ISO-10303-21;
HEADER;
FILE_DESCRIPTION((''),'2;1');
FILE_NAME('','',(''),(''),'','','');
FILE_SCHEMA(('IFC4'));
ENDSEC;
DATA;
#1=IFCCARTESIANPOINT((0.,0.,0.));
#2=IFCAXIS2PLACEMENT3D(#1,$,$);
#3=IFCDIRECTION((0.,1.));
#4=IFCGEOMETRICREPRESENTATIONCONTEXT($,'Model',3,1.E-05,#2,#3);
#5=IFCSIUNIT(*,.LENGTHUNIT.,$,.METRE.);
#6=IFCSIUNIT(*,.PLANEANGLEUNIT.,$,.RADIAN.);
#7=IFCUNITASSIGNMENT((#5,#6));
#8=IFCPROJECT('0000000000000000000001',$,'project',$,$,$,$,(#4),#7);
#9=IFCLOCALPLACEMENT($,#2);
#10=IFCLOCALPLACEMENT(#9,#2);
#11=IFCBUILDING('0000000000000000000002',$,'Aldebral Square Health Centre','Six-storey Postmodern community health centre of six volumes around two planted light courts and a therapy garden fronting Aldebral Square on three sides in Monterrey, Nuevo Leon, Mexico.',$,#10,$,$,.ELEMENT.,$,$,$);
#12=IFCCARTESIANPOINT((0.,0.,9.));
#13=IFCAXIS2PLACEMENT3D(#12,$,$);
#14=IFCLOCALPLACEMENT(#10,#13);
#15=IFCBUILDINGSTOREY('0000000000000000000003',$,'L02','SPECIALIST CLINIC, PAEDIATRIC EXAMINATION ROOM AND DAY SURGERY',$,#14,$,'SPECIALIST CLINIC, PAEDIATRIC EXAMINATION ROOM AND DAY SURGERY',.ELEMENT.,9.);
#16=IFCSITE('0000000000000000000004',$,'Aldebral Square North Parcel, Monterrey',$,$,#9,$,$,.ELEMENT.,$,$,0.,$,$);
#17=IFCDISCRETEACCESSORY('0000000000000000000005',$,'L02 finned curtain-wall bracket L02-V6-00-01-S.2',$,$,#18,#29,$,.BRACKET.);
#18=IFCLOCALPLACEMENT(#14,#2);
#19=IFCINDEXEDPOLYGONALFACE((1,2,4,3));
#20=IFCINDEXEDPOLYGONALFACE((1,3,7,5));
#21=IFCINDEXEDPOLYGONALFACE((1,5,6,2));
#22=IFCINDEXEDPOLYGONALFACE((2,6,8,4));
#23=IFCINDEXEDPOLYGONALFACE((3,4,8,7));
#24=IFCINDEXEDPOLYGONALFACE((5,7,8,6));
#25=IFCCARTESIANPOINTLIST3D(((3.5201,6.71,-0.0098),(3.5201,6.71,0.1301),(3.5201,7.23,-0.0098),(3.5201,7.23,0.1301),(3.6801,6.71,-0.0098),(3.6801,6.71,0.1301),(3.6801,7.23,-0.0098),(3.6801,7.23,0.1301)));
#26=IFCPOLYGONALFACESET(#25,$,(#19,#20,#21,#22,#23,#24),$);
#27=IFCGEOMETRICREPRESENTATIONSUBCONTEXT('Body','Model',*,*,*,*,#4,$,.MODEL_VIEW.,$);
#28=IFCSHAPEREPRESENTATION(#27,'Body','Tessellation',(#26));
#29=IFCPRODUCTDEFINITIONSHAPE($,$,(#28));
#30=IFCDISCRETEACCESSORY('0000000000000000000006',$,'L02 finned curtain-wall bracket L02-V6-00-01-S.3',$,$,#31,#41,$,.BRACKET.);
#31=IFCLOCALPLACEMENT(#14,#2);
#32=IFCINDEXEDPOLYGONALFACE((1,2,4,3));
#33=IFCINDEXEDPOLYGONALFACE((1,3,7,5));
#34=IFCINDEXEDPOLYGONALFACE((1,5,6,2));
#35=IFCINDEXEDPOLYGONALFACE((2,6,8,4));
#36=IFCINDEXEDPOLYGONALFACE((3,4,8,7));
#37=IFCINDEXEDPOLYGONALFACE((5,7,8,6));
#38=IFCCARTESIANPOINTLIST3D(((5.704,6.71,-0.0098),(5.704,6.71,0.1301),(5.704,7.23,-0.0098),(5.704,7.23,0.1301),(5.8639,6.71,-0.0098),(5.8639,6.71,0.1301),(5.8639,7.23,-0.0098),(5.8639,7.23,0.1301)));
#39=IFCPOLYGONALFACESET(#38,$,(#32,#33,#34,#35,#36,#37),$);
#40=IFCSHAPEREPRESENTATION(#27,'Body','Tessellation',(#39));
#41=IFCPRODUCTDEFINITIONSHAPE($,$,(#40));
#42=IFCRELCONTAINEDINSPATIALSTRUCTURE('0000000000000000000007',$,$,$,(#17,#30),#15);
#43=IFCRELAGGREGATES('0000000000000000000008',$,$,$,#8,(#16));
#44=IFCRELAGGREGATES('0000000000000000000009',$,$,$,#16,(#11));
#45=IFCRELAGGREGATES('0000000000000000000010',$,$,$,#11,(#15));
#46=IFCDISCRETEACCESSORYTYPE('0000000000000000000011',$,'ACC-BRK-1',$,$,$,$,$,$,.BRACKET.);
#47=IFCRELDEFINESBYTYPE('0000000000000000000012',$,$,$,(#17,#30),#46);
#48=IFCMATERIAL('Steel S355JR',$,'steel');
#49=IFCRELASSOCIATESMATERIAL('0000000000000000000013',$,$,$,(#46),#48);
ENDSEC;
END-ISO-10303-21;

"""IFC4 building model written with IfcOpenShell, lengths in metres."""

from ifc_helpers import new_model, si_unit, direction, frame, origin, origin_2d, place, context, subcontext, project, spatial, rectangle, extrude, material, type_object, element, save


model = new_model("IFC4")

# Units and contexts
model_context = context("Model", 3, precision=1e-05, world=origin(), true_north=direction((0.0, 1.0)))
body_context = subcontext(model_context, "Body", "Model", "MODEL_VIEW")
ifc_project = project(units=[si_unit("LENGTHUNIT", "METRE"), si_unit("PLANEANGLEUNIT", "RADIAN")], contexts=[model_context])

# Site, building, storey
site_placement = place(None, origin())
site = spatial("IfcSite", under=ifc_project, at=site_placement, Name="Aldebral Square North Parcel, Monterrey", CompositionType="ELEMENT", RefElevation=0.0)
building_placement = place(site_placement, origin())
building = spatial("IfcBuilding", under=site, at=building_placement, Name="Aldebral Square Health Centre", Description="Six-storey Postmodern community health centre of six volumes around two planted light courts and a therapy garden fronting Aldebral Square on three sides in Monterrey, Nuevo Leon, Mexico.", CompositionType="ELEMENT")
storey_placement = place(building_placement, frame((0.0, 0.0, 9.0)))
storey = spatial("IfcBuildingStorey", under=building, at=storey_placement, Name="L02", Description="SPECIALIST CLINIC, PAEDIATRIC EXAMINATION ROOM AND DAY SURGERY", LongName="SPECIALIST CLINIC, PAEDIATRIC EXAMINATION ROOM AND DAY SURGERY", CompositionType="ELEMENT", Elevation=9.0)

# Discrete accessories
ifc_material_1 = material(Name="Steel S355JR", Category="steel")
discrete_accessory_type = type_object("IfcDiscreteAccessoryType", Name="ACC-BRK-1", PredefinedType="BRACKET", material=ifc_material_1)
for number, where, z_axis, x_axis, name in (
    (1, (3.6001, 6.97, -0.0098), (0.0, 0.0, 1.0), (1.0, 0.0, 0.0), "L02 finned curtain-wall bracket L02-V6-00-01-S.2"),
    (2, (5.7839, 6.97, -0.0098), (0.0, 0.0, 1.0), (1.0, 0.0, 0.0), "L02 finned curtain-wall bracket L02-V6-00-01-S.3"),
):
    element("IfcDiscreteAccessory", number, at=place(storey_placement, frame(where, z_axis=z_axis, x_axis=x_axis)), inside=storey, type_object=discrete_accessory_type, Name=name, PredefinedType="BRACKET", context=body_context, shape_type="SweptSolid", body=[
        extrude(rectangle(XDim=0.1599, YDim=0.52, at=origin_2d()), origin(), (0.0, 0.0, 1.0), 0.1399),
    ])

save(model, "model.ifc")
